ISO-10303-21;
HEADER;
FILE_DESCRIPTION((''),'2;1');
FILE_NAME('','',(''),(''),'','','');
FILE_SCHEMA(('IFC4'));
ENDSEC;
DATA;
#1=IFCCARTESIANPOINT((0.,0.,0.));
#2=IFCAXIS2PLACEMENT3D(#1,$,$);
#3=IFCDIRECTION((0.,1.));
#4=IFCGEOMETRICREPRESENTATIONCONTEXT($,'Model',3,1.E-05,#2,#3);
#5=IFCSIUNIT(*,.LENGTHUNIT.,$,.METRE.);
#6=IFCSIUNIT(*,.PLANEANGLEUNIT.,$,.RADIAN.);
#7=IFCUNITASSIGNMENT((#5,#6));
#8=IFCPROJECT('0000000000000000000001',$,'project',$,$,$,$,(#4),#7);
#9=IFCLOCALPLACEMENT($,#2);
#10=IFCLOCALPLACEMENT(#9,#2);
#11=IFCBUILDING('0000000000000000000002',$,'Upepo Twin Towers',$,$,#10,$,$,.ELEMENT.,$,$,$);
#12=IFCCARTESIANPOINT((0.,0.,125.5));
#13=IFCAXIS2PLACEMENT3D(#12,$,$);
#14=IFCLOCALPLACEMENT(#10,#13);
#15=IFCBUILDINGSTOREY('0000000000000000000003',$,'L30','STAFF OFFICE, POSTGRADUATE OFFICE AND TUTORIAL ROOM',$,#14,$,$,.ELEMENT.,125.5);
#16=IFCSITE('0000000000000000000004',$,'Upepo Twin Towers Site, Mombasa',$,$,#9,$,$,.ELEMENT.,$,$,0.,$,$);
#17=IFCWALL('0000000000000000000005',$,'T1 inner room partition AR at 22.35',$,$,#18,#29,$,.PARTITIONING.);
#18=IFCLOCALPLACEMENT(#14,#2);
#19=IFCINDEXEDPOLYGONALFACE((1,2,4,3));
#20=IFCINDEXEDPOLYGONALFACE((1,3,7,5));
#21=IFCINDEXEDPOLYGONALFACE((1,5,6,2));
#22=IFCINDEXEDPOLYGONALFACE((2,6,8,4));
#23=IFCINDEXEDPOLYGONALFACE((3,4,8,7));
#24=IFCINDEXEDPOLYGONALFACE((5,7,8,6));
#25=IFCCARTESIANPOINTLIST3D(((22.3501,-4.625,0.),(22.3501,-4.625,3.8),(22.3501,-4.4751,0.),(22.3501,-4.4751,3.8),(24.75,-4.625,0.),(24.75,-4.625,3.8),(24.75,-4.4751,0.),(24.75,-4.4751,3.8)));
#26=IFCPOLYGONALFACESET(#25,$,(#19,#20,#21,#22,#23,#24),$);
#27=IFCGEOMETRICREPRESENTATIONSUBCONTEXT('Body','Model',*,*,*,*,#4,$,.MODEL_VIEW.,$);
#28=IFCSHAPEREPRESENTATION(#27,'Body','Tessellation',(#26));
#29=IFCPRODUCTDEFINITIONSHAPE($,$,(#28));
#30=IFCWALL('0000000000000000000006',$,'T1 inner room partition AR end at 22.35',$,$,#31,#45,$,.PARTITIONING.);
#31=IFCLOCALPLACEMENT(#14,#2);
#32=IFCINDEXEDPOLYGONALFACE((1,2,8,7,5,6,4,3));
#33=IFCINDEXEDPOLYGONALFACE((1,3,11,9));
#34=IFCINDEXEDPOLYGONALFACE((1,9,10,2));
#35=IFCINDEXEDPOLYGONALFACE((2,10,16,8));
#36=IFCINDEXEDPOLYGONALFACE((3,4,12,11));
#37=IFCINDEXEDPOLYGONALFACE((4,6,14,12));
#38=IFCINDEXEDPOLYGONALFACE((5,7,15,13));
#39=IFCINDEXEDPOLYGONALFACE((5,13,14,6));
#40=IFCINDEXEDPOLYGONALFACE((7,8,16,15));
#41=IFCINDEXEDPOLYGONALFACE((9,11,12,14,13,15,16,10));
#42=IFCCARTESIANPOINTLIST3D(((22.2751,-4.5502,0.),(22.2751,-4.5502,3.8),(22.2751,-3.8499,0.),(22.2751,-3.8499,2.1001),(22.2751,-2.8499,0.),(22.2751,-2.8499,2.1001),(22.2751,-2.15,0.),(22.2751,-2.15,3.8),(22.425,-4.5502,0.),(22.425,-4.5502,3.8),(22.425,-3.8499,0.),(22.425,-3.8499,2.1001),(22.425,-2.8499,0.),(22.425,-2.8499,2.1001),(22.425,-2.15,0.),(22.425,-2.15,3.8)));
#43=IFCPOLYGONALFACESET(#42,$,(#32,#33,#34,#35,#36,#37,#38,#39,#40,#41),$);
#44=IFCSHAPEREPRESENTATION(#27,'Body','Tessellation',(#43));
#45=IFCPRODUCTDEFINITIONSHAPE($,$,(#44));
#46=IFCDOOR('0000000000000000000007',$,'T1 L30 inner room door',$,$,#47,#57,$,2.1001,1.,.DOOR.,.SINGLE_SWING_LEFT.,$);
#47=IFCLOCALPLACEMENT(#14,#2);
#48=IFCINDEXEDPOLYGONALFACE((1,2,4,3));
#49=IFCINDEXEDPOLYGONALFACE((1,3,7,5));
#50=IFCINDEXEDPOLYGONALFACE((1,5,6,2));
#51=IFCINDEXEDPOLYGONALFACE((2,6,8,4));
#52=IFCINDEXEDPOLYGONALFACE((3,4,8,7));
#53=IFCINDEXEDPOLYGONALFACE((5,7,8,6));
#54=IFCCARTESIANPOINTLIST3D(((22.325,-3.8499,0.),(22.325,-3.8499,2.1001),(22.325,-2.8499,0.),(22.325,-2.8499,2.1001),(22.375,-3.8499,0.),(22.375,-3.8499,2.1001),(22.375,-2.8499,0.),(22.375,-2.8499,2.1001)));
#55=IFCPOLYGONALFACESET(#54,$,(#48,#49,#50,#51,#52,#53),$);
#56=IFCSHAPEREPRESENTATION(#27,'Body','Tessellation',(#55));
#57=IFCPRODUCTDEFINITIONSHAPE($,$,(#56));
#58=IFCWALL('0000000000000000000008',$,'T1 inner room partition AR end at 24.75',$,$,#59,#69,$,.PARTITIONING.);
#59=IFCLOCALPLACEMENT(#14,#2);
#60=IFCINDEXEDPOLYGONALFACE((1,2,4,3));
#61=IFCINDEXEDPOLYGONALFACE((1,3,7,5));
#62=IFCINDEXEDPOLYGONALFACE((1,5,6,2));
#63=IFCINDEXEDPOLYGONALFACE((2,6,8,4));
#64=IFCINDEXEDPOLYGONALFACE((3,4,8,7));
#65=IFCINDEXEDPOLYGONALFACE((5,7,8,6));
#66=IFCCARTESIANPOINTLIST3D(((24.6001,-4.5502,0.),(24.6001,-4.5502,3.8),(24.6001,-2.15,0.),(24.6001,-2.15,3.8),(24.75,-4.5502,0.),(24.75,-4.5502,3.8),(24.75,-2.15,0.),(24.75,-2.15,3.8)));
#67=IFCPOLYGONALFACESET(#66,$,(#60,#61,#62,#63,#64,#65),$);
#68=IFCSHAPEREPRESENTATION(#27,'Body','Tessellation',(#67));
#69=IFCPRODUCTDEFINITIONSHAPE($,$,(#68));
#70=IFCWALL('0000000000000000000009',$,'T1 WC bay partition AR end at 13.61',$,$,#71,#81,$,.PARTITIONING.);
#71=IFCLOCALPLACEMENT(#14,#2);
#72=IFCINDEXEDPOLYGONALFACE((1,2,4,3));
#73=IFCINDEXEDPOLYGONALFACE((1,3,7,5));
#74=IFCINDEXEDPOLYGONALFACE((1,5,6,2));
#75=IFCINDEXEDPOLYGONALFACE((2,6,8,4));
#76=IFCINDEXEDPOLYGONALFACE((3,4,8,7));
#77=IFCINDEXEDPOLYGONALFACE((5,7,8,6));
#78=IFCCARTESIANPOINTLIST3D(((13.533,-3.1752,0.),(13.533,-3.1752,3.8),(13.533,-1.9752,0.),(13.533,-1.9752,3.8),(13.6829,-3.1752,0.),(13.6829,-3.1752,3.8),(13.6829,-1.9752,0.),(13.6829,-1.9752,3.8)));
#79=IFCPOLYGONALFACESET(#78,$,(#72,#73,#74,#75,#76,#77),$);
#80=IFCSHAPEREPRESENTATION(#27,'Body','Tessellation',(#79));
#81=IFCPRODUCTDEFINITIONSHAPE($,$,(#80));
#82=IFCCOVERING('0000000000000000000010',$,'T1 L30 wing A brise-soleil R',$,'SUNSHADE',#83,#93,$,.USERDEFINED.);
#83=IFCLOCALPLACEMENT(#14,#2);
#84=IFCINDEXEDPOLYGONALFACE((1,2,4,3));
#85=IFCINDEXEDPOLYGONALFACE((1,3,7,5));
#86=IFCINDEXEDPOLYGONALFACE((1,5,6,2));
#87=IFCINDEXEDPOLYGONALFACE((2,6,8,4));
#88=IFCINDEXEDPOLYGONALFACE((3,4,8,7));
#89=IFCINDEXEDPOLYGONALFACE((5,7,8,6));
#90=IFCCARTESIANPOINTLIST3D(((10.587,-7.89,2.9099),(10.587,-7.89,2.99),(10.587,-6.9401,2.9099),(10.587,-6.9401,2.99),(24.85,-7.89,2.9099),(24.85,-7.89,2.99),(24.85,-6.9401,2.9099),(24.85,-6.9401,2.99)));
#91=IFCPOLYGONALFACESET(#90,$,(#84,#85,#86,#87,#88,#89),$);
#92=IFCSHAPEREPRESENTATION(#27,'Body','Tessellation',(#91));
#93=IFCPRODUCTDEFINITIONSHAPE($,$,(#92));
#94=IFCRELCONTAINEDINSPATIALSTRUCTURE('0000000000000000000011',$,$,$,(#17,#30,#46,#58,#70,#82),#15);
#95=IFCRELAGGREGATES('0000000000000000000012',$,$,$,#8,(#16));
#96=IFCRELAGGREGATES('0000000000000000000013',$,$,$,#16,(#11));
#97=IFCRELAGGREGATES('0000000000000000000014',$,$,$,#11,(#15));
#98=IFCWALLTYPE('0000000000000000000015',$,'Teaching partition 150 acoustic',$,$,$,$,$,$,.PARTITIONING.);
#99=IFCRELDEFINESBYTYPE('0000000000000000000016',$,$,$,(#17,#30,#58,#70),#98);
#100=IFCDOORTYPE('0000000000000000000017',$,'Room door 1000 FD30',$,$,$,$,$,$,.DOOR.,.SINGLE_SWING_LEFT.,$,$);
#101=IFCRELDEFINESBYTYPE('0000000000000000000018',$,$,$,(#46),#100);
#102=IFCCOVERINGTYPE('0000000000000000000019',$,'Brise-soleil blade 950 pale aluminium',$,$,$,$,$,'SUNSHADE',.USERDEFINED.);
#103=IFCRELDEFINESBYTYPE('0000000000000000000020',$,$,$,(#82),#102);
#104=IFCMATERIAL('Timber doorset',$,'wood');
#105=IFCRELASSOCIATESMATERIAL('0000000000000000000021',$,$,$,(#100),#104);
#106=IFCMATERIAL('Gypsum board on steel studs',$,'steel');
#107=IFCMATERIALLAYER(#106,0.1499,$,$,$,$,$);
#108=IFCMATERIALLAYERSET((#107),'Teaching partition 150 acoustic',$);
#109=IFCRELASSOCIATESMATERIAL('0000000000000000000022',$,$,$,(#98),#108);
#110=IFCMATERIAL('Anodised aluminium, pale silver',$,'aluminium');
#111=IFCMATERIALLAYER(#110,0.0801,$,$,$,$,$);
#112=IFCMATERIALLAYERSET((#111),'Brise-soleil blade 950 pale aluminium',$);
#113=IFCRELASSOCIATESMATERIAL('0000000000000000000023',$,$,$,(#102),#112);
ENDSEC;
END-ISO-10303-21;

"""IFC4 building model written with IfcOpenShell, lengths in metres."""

from ifc_helpers import new_model, si_unit, direction, frame, frame_2d, origin, origin_2d, place, context, subcontext, project, spatial, rectangle, extrude, material, layer, layer_set, type_object, element, fill, save


model = new_model("IFC4")

# Units and contexts
model_context = context("Model", 3, precision=1e-05, world=origin(), true_north=direction((0.0, 1.0)))
body_context = subcontext(model_context, "Body", "Model", "MODEL_VIEW")
ifc_project = project(units=[si_unit("LENGTHUNIT", "METRE"), si_unit("PLANEANGLEUNIT", "RADIAN")], contexts=[model_context])

# Site, building, storey
site_placement = place(None, origin())
site = spatial("IfcSite", under=ifc_project, at=site_placement, Name="Upepo Twin Towers Site, Mombasa", CompositionType="ELEMENT", RefElevation=0.0)
building_placement = place(site_placement, origin())
building = spatial("IfcBuilding", under=site, at=building_placement, Name="Upepo Twin Towers", CompositionType="ELEMENT")
storey_placement = place(building_placement, frame((0.0, 0.0, 125.5)))
storey = spatial("IfcBuildingStorey", under=building, at=storey_placement, Name="L30", Description="STAFF OFFICE, POSTGRADUATE OFFICE AND TUTORIAL ROOM", CompositionType="ELEMENT", Elevation=125.5)

# Shared definitions
ifc_material_1 = material(Name="Timber doorset", Category="wood")
door_type_1 = type_object("IfcDoorType", Name="Room door 1000 FD30", OperationType="SINGLE_SWING_LEFT", PredefinedType="DOOR", material=ifc_material_1)

# Wall
ifc_material_2 = material(Name="Gypsum board on steel studs", Category="steel")
ifc_layer_1 = layer(ifc_material_2, 0.1499)
ifc_layer_set_1 = layer_set([ifc_layer_1], Name="Teaching partition 150 acoustic")
wall_type_1 = type_object("IfcWallType", Name="Teaching partition 150 acoustic", PredefinedType="PARTITIONING", material=ifc_layer_set_1)
wall_1_placement = place(storey_placement, frame((22.3501, -4.55, 0.0), z_axis=(0.0, 0.0, 1.0), x_axis=(1.0, 0.0, 0.0)))
element("IfcWall", 1, at=wall_1_placement, inside=storey, type_object=wall_type_1, Name="T1 inner room partition AR at 22.35", PredefinedType="PARTITIONING", context=body_context, shape_type="SweptSolid", body=[
    extrude(rectangle(XDim=2.3999, YDim=0.1499, at=frame_2d((1.2, 0.0))), origin(), (0.0, 0.0, 1.0), 3.8),
])

# Wall, opening, door
wall_2_placement = place(storey_placement, frame((22.3501, -2.1499, 0.0), z_axis=(0.0, 0.0, 1.0), x_axis=(0.0, -1.0, 0.0)))
wall_2 = element("IfcWall", 2, at=wall_2_placement, inside=storey, type_object=wall_type_1, Name="T1 inner room partition AR end at 22.35", PredefinedType="PARTITIONING", context=body_context, shape_type="SweptSolid", body=[
    extrude(rectangle(XDim=2.4001, YDim=0.1499, at=frame_2d((1.2002, 0.0))), origin(), (0.0, 0.0, 1.0), 3.8),
])
opening_1_placement = place(wall_2_placement, frame((0.7, 0.0, 0.0)))
opening_1 = element("IfcOpeningElement", 3, at=opening_1_placement, cuts=wall_2, PredefinedType="OPENING", context=body_context, shape_type="SweptSolid", body=[
    extrude(rectangle(XDim=1.0, YDim=2.1001, at=frame_2d((0.5, 1.05))), frame((0.0, 0.085, 0.0), z_axis=(0.0, -1.0, 0.0), x_axis=(1.0, 0.0, 0.0)), (0.0, 0.0, 1.0), 0.1699),
])
door_1_placement = place(opening_1_placement, origin())
door_1 = element("IfcDoor", 4, at=door_1_placement, inside=storey, type_object=door_type_1, Name="T1 L30 inner room door", OperationType="SINGLE_SWING_LEFT", OverallHeight=2.1001, OverallWidth=1.0, PredefinedType="DOOR", context=body_context, shape_type="SweptSolid", body=[
    extrude(rectangle(XDim=1.0, YDim=2.1001, at=frame_2d((0.5, 1.05))), frame((0.0, 0.0249, 0.0), z_axis=(0.0, -1.0, 0.0), x_axis=(1.0, 0.0, 0.0)), (0.0, 0.0, 1.0), 0.05),
])
fill(opening_1, door_1)

# Walls
wall_3_placement = place(storey_placement, frame((24.675, -2.1499, 0.0), z_axis=(0.0, 0.0, 1.0), x_axis=(0.0, -1.0, 0.0)))
element("IfcWall", 5, at=wall_3_placement, inside=storey, type_object=wall_type_1, Name="T1 inner room partition AR end at 24.75", PredefinedType="PARTITIONING", context=body_context, shape_type="SweptSolid", body=[
    extrude(rectangle(XDim=2.4001, YDim=0.1499, at=frame_2d((1.2002, 0.0))), origin(), (0.0, 0.0, 1.0), 3.8),
])
wall_4_placement = place(storey_placement, frame((13.6079, -1.9751, 0.0), z_axis=(0.0, 0.0, 1.0), x_axis=(0.0, -1.0, 0.0)))
element("IfcWall", 6, at=wall_4_placement, inside=storey, type_object=wall_type_1, Name="T1 WC bay partition AR end at 13.61", PredefinedType="PARTITIONING", context=body_context, shape_type="SweptSolid", body=[
    extrude(rectangle(XDim=1.2, YDim=0.1499, at=frame_2d((0.6001, 0.0))), origin(), (0.0, 0.0, 1.0), 3.8),
])

# Covering
ifc_material_3 = material(Name="Anodised aluminium, pale silver", Category="aluminium")
ifc_layer_2 = layer(ifc_material_3, 0.0801)
ifc_layer_set_2 = layer_set([ifc_layer_2], Name="Brise-soleil blade 950 pale aluminium")
covering_type = type_object("IfcCoveringType", Name="Brise-soleil blade 950 pale aluminium", ElementType="SUNSHADE", PredefinedType="USERDEFINED", material=ifc_layer_set_2)
covering_placement = place(storey_placement, frame((17.7185, -7.415, 2.9099), z_axis=(0.0, 0.0, 1.0), x_axis=(1.0, 0.0, 0.0)))
element("IfcCovering", 7, at=covering_placement, inside=storey, type_object=covering_type, Name="T1 L30 wing A brise-soleil R", ObjectType="SUNSHADE", PredefinedType="USERDEFINED", context=body_context, shape_type="SweptSolid", body=[
    extrude(rectangle(XDim=14.2629, YDim=0.95, at=origin_2d()), origin(), (0.0, 0.0, 1.0), 0.0801),
])

save(model, "model.ifc")
